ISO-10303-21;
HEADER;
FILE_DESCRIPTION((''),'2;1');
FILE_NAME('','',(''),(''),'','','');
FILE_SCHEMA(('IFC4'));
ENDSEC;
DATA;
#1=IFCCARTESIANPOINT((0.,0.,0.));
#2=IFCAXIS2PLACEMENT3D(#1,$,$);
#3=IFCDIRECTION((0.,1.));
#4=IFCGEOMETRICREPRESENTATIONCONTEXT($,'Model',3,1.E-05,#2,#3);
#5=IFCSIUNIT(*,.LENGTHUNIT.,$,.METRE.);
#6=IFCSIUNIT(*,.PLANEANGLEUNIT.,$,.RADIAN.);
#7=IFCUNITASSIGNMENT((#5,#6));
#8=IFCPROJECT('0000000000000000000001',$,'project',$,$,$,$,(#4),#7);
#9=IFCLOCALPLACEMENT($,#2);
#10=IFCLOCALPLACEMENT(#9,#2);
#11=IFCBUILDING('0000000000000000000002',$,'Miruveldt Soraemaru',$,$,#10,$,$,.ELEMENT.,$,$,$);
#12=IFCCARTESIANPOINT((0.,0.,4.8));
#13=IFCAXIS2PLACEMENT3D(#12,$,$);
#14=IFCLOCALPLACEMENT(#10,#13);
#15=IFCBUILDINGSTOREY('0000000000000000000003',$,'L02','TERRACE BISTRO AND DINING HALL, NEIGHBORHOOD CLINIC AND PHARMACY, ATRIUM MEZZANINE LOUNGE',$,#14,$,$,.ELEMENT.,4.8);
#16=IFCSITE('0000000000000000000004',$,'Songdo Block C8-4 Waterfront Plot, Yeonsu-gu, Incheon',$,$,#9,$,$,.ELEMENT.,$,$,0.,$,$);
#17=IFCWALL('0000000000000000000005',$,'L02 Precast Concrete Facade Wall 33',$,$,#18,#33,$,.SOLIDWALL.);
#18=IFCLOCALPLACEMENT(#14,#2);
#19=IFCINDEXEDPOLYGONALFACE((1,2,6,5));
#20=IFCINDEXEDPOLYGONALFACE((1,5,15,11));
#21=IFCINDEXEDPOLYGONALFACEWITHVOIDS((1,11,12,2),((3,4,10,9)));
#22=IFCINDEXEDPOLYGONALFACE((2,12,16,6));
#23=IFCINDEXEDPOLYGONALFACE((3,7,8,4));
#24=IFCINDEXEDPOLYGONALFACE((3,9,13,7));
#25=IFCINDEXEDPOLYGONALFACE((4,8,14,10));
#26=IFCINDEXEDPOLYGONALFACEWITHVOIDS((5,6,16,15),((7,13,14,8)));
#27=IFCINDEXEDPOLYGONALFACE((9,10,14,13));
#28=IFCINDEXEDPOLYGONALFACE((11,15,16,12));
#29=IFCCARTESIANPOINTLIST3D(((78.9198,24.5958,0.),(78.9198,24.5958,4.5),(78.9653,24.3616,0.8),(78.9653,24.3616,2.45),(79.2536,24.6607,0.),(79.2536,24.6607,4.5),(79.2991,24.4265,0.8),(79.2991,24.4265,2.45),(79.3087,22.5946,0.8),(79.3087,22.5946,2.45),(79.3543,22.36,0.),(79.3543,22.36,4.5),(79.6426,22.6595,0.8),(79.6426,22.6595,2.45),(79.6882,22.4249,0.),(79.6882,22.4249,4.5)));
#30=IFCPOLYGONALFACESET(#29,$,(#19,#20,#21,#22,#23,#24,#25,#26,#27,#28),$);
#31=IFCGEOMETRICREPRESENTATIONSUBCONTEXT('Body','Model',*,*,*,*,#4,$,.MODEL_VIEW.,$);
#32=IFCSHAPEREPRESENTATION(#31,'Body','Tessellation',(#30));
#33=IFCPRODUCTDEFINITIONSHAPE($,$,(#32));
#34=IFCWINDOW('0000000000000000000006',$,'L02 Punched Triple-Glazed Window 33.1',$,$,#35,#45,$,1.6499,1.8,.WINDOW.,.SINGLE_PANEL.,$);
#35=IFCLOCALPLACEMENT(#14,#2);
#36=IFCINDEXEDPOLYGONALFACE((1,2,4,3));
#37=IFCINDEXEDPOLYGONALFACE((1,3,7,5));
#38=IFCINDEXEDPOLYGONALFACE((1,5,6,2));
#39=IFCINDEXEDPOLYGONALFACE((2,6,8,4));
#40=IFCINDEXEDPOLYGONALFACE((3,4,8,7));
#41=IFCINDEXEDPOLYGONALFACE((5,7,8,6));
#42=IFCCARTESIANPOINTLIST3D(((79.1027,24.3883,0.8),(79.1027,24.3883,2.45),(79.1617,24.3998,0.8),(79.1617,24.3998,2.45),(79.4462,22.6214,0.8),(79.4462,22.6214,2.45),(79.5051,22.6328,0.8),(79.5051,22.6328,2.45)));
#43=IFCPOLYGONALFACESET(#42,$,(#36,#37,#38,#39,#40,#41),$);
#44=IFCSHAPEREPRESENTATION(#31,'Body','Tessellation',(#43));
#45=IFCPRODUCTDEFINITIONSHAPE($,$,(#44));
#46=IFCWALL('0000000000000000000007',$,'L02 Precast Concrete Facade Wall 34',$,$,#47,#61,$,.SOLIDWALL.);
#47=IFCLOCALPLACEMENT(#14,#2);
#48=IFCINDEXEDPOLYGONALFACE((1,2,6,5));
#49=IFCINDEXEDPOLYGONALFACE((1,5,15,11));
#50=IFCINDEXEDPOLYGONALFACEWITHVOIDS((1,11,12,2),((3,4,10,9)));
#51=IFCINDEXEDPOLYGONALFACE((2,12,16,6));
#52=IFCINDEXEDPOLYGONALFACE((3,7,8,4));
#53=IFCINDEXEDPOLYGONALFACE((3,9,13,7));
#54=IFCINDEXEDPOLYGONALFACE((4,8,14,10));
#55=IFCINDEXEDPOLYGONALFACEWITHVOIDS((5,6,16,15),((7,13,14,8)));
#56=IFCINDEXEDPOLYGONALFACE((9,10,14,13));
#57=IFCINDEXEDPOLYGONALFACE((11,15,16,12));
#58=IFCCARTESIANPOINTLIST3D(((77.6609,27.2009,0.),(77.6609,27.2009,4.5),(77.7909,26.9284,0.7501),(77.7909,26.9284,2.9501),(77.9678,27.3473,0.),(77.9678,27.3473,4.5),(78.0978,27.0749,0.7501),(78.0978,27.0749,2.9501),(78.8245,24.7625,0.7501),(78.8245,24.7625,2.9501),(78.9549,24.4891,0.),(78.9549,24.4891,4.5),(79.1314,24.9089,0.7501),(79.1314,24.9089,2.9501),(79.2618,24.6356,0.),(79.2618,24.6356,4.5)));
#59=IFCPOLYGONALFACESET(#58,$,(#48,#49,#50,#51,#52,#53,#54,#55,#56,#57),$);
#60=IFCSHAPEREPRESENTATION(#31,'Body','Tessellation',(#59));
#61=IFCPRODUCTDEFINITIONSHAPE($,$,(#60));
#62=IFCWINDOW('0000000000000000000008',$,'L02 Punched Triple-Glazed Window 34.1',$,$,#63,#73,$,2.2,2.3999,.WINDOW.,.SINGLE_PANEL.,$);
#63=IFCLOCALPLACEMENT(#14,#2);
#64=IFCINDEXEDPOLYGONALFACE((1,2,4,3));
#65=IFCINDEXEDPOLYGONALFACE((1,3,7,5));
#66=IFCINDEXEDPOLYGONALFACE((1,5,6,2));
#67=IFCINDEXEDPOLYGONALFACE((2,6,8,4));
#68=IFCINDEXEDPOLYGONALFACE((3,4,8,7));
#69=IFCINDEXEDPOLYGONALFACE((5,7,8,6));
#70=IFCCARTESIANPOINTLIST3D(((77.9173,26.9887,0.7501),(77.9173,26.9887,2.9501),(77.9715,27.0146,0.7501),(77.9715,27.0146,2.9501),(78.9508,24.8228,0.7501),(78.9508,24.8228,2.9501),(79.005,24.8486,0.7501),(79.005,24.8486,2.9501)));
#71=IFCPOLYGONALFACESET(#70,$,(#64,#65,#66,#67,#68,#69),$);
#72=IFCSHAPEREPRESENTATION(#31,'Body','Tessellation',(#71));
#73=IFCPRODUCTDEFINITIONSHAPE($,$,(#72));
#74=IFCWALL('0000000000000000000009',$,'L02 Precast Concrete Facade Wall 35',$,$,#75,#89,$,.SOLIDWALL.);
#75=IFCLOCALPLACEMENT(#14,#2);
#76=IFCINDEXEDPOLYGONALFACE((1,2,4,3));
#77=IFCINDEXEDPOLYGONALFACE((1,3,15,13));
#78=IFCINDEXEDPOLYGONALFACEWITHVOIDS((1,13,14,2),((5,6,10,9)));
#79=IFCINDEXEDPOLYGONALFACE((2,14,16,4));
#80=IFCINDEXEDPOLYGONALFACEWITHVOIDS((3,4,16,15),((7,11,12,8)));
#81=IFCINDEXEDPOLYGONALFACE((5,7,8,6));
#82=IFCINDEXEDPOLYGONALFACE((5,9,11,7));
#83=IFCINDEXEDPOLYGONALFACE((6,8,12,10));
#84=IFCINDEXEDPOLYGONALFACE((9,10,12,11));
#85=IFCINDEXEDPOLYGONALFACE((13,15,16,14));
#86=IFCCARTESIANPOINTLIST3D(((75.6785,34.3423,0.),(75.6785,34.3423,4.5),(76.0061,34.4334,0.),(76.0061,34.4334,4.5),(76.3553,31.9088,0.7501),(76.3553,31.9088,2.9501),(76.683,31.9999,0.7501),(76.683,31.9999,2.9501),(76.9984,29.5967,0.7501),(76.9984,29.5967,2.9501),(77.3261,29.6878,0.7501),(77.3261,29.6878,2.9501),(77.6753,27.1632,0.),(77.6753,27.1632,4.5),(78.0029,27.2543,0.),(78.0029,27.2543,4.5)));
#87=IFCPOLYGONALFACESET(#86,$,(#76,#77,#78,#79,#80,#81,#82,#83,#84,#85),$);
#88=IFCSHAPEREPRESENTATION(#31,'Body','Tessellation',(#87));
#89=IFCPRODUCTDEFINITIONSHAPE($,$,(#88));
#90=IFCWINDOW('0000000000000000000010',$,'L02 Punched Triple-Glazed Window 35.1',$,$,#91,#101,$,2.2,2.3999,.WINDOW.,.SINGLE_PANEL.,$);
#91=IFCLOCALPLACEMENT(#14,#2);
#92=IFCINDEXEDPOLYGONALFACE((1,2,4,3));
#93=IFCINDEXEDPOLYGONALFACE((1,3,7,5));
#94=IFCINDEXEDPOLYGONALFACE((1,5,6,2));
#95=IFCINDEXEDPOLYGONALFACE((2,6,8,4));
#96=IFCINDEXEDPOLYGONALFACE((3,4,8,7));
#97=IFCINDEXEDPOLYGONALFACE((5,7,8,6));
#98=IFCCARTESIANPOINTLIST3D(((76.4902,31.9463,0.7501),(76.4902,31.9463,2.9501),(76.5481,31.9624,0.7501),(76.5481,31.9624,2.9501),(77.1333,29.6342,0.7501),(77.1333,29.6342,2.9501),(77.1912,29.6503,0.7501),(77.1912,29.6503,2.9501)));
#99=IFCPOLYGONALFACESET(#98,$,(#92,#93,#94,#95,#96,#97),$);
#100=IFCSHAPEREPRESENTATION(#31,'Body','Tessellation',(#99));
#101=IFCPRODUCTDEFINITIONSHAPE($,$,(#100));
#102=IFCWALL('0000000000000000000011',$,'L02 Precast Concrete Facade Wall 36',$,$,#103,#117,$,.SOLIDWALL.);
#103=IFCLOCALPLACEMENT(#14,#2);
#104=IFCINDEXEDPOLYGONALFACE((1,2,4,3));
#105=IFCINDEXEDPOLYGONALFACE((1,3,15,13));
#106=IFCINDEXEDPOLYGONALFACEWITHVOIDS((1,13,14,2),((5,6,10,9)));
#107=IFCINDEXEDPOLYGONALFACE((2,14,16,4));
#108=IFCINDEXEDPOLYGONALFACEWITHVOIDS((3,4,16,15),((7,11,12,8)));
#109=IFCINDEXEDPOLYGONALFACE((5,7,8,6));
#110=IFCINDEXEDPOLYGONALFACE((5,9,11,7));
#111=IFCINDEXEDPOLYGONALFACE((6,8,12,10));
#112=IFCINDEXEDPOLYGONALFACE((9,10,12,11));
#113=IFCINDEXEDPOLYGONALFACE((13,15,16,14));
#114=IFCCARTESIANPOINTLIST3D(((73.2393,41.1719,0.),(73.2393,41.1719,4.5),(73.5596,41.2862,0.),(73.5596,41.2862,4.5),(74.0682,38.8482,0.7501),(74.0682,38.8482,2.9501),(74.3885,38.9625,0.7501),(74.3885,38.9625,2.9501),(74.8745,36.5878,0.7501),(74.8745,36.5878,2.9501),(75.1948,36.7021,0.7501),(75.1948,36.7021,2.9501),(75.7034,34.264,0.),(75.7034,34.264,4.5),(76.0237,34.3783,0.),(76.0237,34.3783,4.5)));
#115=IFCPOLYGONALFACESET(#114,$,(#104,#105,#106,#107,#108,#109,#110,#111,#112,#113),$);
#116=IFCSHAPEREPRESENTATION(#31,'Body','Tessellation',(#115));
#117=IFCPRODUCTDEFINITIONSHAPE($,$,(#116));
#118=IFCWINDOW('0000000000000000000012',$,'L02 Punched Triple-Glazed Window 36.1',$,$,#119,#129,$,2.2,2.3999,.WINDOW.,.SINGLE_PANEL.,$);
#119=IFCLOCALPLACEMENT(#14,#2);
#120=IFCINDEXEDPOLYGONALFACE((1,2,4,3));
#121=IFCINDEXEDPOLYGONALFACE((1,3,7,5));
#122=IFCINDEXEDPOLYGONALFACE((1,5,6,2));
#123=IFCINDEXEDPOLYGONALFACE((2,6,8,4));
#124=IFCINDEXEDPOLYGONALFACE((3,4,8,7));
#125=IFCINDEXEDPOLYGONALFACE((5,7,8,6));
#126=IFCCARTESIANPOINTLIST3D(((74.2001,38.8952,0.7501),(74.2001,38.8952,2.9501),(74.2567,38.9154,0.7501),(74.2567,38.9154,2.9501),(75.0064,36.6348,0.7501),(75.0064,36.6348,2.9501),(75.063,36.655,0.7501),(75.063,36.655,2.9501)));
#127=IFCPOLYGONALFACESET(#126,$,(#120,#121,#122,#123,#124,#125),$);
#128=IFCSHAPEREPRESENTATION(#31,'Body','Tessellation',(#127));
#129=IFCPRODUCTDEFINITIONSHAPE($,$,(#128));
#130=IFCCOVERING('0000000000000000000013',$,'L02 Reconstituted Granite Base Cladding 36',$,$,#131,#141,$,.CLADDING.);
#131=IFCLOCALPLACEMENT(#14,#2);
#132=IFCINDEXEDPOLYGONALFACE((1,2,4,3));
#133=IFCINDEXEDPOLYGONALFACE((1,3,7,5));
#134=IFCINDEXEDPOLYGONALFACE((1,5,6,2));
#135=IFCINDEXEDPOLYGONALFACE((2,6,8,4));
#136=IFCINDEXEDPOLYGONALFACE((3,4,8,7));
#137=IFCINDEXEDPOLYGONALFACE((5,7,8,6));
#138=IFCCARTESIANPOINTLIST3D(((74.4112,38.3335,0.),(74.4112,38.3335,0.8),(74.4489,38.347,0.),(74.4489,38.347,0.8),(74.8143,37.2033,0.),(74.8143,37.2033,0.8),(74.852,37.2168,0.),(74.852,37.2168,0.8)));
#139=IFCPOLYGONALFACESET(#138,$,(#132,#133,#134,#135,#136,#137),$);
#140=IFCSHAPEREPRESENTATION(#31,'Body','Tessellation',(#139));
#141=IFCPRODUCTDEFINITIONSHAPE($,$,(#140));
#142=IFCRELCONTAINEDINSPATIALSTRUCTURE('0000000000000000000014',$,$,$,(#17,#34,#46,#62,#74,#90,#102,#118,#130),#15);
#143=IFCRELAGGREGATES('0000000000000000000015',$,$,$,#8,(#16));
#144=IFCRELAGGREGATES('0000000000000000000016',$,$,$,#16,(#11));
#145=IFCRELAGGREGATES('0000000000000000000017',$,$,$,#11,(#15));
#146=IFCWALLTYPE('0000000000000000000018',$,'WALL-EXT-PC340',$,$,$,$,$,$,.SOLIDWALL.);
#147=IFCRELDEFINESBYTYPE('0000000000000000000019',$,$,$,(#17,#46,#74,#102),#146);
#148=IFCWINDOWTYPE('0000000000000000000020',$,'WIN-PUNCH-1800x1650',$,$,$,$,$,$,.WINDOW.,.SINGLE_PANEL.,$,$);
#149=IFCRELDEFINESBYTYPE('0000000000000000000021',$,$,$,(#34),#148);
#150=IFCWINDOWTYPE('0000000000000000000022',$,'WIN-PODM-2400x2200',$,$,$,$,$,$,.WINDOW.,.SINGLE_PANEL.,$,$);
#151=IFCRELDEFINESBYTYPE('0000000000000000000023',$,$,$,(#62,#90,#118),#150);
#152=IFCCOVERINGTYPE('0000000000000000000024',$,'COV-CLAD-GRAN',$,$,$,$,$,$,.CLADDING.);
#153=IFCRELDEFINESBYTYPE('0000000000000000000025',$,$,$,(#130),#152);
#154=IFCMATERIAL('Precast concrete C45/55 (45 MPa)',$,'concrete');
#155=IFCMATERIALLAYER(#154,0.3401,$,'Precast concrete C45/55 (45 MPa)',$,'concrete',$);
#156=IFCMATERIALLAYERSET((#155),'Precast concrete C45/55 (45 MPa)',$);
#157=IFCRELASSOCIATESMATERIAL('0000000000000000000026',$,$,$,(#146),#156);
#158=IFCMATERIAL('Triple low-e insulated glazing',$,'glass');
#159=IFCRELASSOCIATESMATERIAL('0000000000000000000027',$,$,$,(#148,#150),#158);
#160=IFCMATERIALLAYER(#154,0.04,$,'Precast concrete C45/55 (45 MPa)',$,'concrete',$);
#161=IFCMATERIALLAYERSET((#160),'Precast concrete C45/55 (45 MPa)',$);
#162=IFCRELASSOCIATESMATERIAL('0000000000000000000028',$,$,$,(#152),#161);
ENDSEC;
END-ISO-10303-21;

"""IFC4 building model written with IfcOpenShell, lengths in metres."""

from ifc_helpers import new_model, si_unit, direction, frame, frame_2d, origin, origin_2d, place, context, subcontext, project, spatial, rectangle, extrude, material, layer, layer_set, type_object, element, fill, save


model = new_model("IFC4")

# Units and contexts
model_context = context("Model", 3, precision=1e-05, world=origin(), true_north=direction((0.0, 1.0)))
body_context = subcontext(model_context, "Body", "Model", "MODEL_VIEW")
ifc_project = project(units=[si_unit("LENGTHUNIT", "METRE"), si_unit("PLANEANGLEUNIT", "RADIAN")], contexts=[model_context])

# Site, building, storey
site_placement = place(None, origin())
site = spatial("IfcSite", under=ifc_project, at=site_placement, Name="Songdo Block C8-4 Waterfront Plot, Yeonsu-gu, Incheon", CompositionType="ELEMENT", RefElevation=0.0)
building_placement = place(site_placement, origin())
building = spatial("IfcBuilding", under=site, at=building_placement, Name="Miruveldt Soraemaru", CompositionType="ELEMENT")
storey_placement = place(building_placement, frame((0.0, 0.0, 4.8)))
storey = spatial("IfcBuildingStorey", under=building, at=storey_placement, Name="L02", Description="TERRACE BISTRO AND DINING HALL, NEIGHBORHOOD CLINIC AND PHARMACY, ATRIUM MEZZANINE LOUNGE", CompositionType="ELEMENT", Elevation=4.8)

# Walls, openings, windows
ifc_material_1 = material(Name="Precast concrete C45/55 (45 MPa)", Category="concrete")
ifc_layer_1 = layer(ifc_material_1, 0.3401, Name="Precast concrete C45/55 (45 MPa)", Category="concrete")
ifc_layer_set_1 = layer_set([ifc_layer_1], Name="Precast concrete C45/55 (45 MPa)")
wall_type_1 = type_object("IfcWallType", Name="WALL-EXT-PC340", PredefinedType="SOLIDWALL", material=ifc_layer_set_1)
wall_1_placement = place(storey_placement, frame((79.5212, 22.3926, 0.0), z_axis=(0.0, 0.0, 1.0), x_axis=(-0.190795, 0.98163, 0.0)))
wall_1 = element("IfcWall", 1, at=wall_1_placement, inside=storey, type_object=wall_type_1, Name="L02 Precast Concrete Facade Wall 33", PredefinedType="SOLIDWALL", context=body_context, shape_type="SweptSolid", body=[
    extrude(rectangle(XDim=2.2776, YDim=0.3401, at=frame_2d((1.1387, 0.0))), origin(), (0.0, 0.0, 1.0), 4.5),
])
opening_1_placement = place(wall_1_placement, frame((0.239, 0.0, 0.8)))
opening_1 = element("IfcOpeningElement", 2, at=opening_1_placement, cuts=wall_1, PredefinedType="OPENING", context=body_context, shape_type="SweptSolid", body=[
    extrude(rectangle(XDim=1.8, YDim=1.6499, at=frame_2d((0.8999, 0.825))), frame((0.0, 0.1802, 0.0), z_axis=(0.0, -1.0, 0.0), x_axis=(1.0, 0.0, 0.0)), (0.0, 0.0, 1.0), 0.3601),
])
ifc_material_2 = material(Name="Triple low-e insulated glazing", Category="glass")
window_type_1 = type_object("IfcWindowType", Name="WIN-PUNCH-1800x1650", PartitioningType="SINGLE_PANEL", PredefinedType="WINDOW", material=ifc_material_2)
window_1_placement = place(opening_1_placement, origin())
window_1 = element("IfcWindow", 3, at=window_1_placement, inside=storey, type_object=window_type_1, Name="L02 Punched Triple-Glazed Window 33.1", OverallHeight=1.6499, OverallWidth=1.8, PartitioningType="SINGLE_PANEL", PredefinedType="WINDOW", context=body_context, shape_type="SweptSolid", body=[
    extrude(rectangle(XDim=1.8, YDim=1.6499, at=frame_2d((0.8999, 0.825))), frame((0.0, 0.03, 0.0), z_axis=(0.0, -1.0, 0.0), x_axis=(1.0, 0.0, 0.0)), (0.0, 0.0, 1.0), 0.0601),
])
fill(opening_1, window_1)
wall_2_placement = place(storey_placement, frame((79.1084, 24.5623, 0.0), z_axis=(0.0, 0.0, 1.0), x_axis=(-0.430659, 0.902515, 0.0)))
wall_2 = element("IfcWall", 4, at=wall_2_placement, inside=storey, type_object=wall_type_1, Name="L02 Precast Concrete Facade Wall 34", PredefinedType="SOLIDWALL", context=body_context, shape_type="SweptSolid", body=[
    extrude(rectangle(XDim=3.0046, YDim=0.3401, at=frame_2d((1.5024, 0.0))), origin(), (0.0, 0.0, 1.0), 4.5),
])
opening_2_placement = place(wall_2_placement, frame((0.303, 0.0, 0.75)))
opening_2 = element("IfcOpeningElement", 5, at=opening_2_placement, cuts=wall_2, PredefinedType="OPENING", context=body_context, shape_type="SweptSolid", body=[
    extrude(rectangle(XDim=2.3999, YDim=2.2, at=frame_2d((1.2, 1.1001))), frame((0.0, 0.1802, 0.0), z_axis=(0.0, -1.0, 0.0), x_axis=(1.0, 0.0, 0.0)), (0.0, 0.0, 1.0), 0.3601),
])
window_type_2 = type_object("IfcWindowType", Name="WIN-PODM-2400x2200", PartitioningType="SINGLE_PANEL", PredefinedType="WINDOW", material=ifc_material_2)
window_2_placement = place(opening_2_placement, origin())
window_2 = element("IfcWindow", 6, at=window_2_placement, inside=storey, type_object=window_type_2, Name="L02 Punched Triple-Glazed Window 34.1", OverallHeight=2.2, OverallWidth=2.3999, PartitioningType="SINGLE_PANEL", PredefinedType="WINDOW", context=body_context, shape_type="SweptSolid", body=[
    extrude(rectangle(XDim=2.3999, YDim=2.2, at=frame_2d((1.2, 1.1001))), frame((0.0, 0.03, 0.0), z_axis=(0.0, -1.0, 0.0), x_axis=(1.0, 0.0, 0.0)), (0.0, 0.0, 1.0), 0.0601),
])
fill(opening_2, window_2)
wall_3_placement = place(storey_placement, frame((77.8391, 27.2087, 0.0), z_axis=(0.0, 0.0, 1.0), x_axis=(-0.267968, 0.963428, 0.0)))
wall_3 = element("IfcWall", 7, at=wall_3_placement, inside=storey, type_object=wall_type_1, Name="L02 Precast Concrete Facade Wall 35", PredefinedType="SOLIDWALL", context=body_context, shape_type="SweptSolid", body=[
    extrude(rectangle(XDim=7.4517, YDim=0.3401, at=frame_2d((3.7258, 0.0))), origin(), (0.0, 0.0, 1.0), 4.5),
])
opening_3_placement = place(wall_3_placement, frame((2.5259, 0.0, 0.75)))
opening_3 = element("IfcOpeningElement", 8, at=opening_3_placement, cuts=wall_3, PredefinedType="OPENING", context=body_context, shape_type="SweptSolid", body=[
    extrude(rectangle(XDim=2.3999, YDim=2.2, at=frame_2d((1.2, 1.1001))), frame((0.0, 0.1802, 0.0), z_axis=(0.0, -1.0, 0.0), x_axis=(1.0, 0.0, 0.0)), (0.0, 0.0, 1.0), 0.3601),
])
window_3_placement = place(opening_3_placement, origin())
window_3 = element("IfcWindow", 9, at=window_3_placement, inside=storey, type_object=window_type_2, Name="L02 Punched Triple-Glazed Window 35.1", OverallHeight=2.2, OverallWidth=2.3999, PartitioningType="SINGLE_PANEL", PredefinedType="WINDOW", context=body_context, shape_type="SweptSolid", body=[
    extrude(rectangle(XDim=2.3999, YDim=2.2, at=frame_2d((1.2, 1.1001))), frame((0.0, 0.03, 0.0), z_axis=(0.0, -1.0, 0.0), x_axis=(1.0, 0.0, 0.0)), (0.0, 0.0, 1.0), 0.0601),
])
fill(opening_3, window_3)
wall_4_placement = place(storey_placement, frame((75.8635, 34.3213, 0.0), z_axis=(0.0, 0.0, 1.0), x_axis=(-0.335972, 0.941872, 0.0)))
wall_4 = element("IfcWall", 10, at=wall_4_placement, inside=storey, type_object=wall_type_1, Name="L02 Precast Concrete Facade Wall 36", PredefinedType="SOLIDWALL", context=body_context, shape_type="SweptSolid", body=[
    extrude(rectangle(XDim=7.3342, YDim=0.3401, at=frame_2d((3.667, 0.0))), origin(), (0.0, 0.0, 1.0), 4.5),
])
opening_4_placement = place(wall_4_placement, frame((2.467, 0.0, 0.75)))
opening_4 = element("IfcOpeningElement", 11, at=opening_4_placement, cuts=wall_4, PredefinedType="OPENING", context=body_context, shape_type="SweptSolid", body=[
    extrude(rectangle(XDim=2.3999, YDim=2.2, at=frame_2d((1.2, 1.1001))), frame((0.0, 0.1802, 0.0), z_axis=(0.0, -1.0, 0.0), x_axis=(1.0, 0.0, 0.0)), (0.0, 0.0, 1.0), 0.3601),
])
window_4_placement = place(opening_4_placement, origin())
window_4 = element("IfcWindow", 12, at=window_4_placement, inside=storey, type_object=window_type_2, Name="L02 Punched Triple-Glazed Window 36.1", OverallHeight=2.2, OverallWidth=2.3999, PartitioningType="SINGLE_PANEL", PredefinedType="WINDOW", context=body_context, shape_type="SweptSolid", body=[
    extrude(rectangle(XDim=2.3999, YDim=2.2, at=frame_2d((1.2, 1.1001))), frame((0.0, 0.03, 0.0), z_axis=(0.0, -1.0, 0.0), x_axis=(1.0, 0.0, 0.0)), (0.0, 0.0, 1.0), 0.0601),
])
fill(opening_4, window_4)

# Covering
ifc_layer_2 = layer(ifc_material_1, 0.04, Name="Precast concrete C45/55 (45 MPa)", Category="concrete")
ifc_layer_set_2 = layer_set([ifc_layer_2], Name="Precast concrete C45/55 (45 MPa)")
covering_type = type_object("IfcCoveringType", Name="COV-CLAD-GRAN", PredefinedType="CLADDING", material=ifc_layer_set_2)
covering_placement = place(storey_placement, frame((74.6316, 37.7751, 0.0), z_axis=(0.0, 0.0, 1.0), x_axis=(-0.335945, 0.941882, 0.0)))
element("IfcCovering", 13, at=covering_placement, inside=storey, type_object=covering_type, Name="L02 Reconstituted Granite Base Cladding 36", PredefinedType="CLADDING", context=body_context, shape_type="SweptSolid", body=[
    extrude(rectangle(XDim=1.2, YDim=0.04, at=origin_2d()), origin(), (0.0, 0.0, 1.0), 0.8),
])

save(model, "model.ifc")
